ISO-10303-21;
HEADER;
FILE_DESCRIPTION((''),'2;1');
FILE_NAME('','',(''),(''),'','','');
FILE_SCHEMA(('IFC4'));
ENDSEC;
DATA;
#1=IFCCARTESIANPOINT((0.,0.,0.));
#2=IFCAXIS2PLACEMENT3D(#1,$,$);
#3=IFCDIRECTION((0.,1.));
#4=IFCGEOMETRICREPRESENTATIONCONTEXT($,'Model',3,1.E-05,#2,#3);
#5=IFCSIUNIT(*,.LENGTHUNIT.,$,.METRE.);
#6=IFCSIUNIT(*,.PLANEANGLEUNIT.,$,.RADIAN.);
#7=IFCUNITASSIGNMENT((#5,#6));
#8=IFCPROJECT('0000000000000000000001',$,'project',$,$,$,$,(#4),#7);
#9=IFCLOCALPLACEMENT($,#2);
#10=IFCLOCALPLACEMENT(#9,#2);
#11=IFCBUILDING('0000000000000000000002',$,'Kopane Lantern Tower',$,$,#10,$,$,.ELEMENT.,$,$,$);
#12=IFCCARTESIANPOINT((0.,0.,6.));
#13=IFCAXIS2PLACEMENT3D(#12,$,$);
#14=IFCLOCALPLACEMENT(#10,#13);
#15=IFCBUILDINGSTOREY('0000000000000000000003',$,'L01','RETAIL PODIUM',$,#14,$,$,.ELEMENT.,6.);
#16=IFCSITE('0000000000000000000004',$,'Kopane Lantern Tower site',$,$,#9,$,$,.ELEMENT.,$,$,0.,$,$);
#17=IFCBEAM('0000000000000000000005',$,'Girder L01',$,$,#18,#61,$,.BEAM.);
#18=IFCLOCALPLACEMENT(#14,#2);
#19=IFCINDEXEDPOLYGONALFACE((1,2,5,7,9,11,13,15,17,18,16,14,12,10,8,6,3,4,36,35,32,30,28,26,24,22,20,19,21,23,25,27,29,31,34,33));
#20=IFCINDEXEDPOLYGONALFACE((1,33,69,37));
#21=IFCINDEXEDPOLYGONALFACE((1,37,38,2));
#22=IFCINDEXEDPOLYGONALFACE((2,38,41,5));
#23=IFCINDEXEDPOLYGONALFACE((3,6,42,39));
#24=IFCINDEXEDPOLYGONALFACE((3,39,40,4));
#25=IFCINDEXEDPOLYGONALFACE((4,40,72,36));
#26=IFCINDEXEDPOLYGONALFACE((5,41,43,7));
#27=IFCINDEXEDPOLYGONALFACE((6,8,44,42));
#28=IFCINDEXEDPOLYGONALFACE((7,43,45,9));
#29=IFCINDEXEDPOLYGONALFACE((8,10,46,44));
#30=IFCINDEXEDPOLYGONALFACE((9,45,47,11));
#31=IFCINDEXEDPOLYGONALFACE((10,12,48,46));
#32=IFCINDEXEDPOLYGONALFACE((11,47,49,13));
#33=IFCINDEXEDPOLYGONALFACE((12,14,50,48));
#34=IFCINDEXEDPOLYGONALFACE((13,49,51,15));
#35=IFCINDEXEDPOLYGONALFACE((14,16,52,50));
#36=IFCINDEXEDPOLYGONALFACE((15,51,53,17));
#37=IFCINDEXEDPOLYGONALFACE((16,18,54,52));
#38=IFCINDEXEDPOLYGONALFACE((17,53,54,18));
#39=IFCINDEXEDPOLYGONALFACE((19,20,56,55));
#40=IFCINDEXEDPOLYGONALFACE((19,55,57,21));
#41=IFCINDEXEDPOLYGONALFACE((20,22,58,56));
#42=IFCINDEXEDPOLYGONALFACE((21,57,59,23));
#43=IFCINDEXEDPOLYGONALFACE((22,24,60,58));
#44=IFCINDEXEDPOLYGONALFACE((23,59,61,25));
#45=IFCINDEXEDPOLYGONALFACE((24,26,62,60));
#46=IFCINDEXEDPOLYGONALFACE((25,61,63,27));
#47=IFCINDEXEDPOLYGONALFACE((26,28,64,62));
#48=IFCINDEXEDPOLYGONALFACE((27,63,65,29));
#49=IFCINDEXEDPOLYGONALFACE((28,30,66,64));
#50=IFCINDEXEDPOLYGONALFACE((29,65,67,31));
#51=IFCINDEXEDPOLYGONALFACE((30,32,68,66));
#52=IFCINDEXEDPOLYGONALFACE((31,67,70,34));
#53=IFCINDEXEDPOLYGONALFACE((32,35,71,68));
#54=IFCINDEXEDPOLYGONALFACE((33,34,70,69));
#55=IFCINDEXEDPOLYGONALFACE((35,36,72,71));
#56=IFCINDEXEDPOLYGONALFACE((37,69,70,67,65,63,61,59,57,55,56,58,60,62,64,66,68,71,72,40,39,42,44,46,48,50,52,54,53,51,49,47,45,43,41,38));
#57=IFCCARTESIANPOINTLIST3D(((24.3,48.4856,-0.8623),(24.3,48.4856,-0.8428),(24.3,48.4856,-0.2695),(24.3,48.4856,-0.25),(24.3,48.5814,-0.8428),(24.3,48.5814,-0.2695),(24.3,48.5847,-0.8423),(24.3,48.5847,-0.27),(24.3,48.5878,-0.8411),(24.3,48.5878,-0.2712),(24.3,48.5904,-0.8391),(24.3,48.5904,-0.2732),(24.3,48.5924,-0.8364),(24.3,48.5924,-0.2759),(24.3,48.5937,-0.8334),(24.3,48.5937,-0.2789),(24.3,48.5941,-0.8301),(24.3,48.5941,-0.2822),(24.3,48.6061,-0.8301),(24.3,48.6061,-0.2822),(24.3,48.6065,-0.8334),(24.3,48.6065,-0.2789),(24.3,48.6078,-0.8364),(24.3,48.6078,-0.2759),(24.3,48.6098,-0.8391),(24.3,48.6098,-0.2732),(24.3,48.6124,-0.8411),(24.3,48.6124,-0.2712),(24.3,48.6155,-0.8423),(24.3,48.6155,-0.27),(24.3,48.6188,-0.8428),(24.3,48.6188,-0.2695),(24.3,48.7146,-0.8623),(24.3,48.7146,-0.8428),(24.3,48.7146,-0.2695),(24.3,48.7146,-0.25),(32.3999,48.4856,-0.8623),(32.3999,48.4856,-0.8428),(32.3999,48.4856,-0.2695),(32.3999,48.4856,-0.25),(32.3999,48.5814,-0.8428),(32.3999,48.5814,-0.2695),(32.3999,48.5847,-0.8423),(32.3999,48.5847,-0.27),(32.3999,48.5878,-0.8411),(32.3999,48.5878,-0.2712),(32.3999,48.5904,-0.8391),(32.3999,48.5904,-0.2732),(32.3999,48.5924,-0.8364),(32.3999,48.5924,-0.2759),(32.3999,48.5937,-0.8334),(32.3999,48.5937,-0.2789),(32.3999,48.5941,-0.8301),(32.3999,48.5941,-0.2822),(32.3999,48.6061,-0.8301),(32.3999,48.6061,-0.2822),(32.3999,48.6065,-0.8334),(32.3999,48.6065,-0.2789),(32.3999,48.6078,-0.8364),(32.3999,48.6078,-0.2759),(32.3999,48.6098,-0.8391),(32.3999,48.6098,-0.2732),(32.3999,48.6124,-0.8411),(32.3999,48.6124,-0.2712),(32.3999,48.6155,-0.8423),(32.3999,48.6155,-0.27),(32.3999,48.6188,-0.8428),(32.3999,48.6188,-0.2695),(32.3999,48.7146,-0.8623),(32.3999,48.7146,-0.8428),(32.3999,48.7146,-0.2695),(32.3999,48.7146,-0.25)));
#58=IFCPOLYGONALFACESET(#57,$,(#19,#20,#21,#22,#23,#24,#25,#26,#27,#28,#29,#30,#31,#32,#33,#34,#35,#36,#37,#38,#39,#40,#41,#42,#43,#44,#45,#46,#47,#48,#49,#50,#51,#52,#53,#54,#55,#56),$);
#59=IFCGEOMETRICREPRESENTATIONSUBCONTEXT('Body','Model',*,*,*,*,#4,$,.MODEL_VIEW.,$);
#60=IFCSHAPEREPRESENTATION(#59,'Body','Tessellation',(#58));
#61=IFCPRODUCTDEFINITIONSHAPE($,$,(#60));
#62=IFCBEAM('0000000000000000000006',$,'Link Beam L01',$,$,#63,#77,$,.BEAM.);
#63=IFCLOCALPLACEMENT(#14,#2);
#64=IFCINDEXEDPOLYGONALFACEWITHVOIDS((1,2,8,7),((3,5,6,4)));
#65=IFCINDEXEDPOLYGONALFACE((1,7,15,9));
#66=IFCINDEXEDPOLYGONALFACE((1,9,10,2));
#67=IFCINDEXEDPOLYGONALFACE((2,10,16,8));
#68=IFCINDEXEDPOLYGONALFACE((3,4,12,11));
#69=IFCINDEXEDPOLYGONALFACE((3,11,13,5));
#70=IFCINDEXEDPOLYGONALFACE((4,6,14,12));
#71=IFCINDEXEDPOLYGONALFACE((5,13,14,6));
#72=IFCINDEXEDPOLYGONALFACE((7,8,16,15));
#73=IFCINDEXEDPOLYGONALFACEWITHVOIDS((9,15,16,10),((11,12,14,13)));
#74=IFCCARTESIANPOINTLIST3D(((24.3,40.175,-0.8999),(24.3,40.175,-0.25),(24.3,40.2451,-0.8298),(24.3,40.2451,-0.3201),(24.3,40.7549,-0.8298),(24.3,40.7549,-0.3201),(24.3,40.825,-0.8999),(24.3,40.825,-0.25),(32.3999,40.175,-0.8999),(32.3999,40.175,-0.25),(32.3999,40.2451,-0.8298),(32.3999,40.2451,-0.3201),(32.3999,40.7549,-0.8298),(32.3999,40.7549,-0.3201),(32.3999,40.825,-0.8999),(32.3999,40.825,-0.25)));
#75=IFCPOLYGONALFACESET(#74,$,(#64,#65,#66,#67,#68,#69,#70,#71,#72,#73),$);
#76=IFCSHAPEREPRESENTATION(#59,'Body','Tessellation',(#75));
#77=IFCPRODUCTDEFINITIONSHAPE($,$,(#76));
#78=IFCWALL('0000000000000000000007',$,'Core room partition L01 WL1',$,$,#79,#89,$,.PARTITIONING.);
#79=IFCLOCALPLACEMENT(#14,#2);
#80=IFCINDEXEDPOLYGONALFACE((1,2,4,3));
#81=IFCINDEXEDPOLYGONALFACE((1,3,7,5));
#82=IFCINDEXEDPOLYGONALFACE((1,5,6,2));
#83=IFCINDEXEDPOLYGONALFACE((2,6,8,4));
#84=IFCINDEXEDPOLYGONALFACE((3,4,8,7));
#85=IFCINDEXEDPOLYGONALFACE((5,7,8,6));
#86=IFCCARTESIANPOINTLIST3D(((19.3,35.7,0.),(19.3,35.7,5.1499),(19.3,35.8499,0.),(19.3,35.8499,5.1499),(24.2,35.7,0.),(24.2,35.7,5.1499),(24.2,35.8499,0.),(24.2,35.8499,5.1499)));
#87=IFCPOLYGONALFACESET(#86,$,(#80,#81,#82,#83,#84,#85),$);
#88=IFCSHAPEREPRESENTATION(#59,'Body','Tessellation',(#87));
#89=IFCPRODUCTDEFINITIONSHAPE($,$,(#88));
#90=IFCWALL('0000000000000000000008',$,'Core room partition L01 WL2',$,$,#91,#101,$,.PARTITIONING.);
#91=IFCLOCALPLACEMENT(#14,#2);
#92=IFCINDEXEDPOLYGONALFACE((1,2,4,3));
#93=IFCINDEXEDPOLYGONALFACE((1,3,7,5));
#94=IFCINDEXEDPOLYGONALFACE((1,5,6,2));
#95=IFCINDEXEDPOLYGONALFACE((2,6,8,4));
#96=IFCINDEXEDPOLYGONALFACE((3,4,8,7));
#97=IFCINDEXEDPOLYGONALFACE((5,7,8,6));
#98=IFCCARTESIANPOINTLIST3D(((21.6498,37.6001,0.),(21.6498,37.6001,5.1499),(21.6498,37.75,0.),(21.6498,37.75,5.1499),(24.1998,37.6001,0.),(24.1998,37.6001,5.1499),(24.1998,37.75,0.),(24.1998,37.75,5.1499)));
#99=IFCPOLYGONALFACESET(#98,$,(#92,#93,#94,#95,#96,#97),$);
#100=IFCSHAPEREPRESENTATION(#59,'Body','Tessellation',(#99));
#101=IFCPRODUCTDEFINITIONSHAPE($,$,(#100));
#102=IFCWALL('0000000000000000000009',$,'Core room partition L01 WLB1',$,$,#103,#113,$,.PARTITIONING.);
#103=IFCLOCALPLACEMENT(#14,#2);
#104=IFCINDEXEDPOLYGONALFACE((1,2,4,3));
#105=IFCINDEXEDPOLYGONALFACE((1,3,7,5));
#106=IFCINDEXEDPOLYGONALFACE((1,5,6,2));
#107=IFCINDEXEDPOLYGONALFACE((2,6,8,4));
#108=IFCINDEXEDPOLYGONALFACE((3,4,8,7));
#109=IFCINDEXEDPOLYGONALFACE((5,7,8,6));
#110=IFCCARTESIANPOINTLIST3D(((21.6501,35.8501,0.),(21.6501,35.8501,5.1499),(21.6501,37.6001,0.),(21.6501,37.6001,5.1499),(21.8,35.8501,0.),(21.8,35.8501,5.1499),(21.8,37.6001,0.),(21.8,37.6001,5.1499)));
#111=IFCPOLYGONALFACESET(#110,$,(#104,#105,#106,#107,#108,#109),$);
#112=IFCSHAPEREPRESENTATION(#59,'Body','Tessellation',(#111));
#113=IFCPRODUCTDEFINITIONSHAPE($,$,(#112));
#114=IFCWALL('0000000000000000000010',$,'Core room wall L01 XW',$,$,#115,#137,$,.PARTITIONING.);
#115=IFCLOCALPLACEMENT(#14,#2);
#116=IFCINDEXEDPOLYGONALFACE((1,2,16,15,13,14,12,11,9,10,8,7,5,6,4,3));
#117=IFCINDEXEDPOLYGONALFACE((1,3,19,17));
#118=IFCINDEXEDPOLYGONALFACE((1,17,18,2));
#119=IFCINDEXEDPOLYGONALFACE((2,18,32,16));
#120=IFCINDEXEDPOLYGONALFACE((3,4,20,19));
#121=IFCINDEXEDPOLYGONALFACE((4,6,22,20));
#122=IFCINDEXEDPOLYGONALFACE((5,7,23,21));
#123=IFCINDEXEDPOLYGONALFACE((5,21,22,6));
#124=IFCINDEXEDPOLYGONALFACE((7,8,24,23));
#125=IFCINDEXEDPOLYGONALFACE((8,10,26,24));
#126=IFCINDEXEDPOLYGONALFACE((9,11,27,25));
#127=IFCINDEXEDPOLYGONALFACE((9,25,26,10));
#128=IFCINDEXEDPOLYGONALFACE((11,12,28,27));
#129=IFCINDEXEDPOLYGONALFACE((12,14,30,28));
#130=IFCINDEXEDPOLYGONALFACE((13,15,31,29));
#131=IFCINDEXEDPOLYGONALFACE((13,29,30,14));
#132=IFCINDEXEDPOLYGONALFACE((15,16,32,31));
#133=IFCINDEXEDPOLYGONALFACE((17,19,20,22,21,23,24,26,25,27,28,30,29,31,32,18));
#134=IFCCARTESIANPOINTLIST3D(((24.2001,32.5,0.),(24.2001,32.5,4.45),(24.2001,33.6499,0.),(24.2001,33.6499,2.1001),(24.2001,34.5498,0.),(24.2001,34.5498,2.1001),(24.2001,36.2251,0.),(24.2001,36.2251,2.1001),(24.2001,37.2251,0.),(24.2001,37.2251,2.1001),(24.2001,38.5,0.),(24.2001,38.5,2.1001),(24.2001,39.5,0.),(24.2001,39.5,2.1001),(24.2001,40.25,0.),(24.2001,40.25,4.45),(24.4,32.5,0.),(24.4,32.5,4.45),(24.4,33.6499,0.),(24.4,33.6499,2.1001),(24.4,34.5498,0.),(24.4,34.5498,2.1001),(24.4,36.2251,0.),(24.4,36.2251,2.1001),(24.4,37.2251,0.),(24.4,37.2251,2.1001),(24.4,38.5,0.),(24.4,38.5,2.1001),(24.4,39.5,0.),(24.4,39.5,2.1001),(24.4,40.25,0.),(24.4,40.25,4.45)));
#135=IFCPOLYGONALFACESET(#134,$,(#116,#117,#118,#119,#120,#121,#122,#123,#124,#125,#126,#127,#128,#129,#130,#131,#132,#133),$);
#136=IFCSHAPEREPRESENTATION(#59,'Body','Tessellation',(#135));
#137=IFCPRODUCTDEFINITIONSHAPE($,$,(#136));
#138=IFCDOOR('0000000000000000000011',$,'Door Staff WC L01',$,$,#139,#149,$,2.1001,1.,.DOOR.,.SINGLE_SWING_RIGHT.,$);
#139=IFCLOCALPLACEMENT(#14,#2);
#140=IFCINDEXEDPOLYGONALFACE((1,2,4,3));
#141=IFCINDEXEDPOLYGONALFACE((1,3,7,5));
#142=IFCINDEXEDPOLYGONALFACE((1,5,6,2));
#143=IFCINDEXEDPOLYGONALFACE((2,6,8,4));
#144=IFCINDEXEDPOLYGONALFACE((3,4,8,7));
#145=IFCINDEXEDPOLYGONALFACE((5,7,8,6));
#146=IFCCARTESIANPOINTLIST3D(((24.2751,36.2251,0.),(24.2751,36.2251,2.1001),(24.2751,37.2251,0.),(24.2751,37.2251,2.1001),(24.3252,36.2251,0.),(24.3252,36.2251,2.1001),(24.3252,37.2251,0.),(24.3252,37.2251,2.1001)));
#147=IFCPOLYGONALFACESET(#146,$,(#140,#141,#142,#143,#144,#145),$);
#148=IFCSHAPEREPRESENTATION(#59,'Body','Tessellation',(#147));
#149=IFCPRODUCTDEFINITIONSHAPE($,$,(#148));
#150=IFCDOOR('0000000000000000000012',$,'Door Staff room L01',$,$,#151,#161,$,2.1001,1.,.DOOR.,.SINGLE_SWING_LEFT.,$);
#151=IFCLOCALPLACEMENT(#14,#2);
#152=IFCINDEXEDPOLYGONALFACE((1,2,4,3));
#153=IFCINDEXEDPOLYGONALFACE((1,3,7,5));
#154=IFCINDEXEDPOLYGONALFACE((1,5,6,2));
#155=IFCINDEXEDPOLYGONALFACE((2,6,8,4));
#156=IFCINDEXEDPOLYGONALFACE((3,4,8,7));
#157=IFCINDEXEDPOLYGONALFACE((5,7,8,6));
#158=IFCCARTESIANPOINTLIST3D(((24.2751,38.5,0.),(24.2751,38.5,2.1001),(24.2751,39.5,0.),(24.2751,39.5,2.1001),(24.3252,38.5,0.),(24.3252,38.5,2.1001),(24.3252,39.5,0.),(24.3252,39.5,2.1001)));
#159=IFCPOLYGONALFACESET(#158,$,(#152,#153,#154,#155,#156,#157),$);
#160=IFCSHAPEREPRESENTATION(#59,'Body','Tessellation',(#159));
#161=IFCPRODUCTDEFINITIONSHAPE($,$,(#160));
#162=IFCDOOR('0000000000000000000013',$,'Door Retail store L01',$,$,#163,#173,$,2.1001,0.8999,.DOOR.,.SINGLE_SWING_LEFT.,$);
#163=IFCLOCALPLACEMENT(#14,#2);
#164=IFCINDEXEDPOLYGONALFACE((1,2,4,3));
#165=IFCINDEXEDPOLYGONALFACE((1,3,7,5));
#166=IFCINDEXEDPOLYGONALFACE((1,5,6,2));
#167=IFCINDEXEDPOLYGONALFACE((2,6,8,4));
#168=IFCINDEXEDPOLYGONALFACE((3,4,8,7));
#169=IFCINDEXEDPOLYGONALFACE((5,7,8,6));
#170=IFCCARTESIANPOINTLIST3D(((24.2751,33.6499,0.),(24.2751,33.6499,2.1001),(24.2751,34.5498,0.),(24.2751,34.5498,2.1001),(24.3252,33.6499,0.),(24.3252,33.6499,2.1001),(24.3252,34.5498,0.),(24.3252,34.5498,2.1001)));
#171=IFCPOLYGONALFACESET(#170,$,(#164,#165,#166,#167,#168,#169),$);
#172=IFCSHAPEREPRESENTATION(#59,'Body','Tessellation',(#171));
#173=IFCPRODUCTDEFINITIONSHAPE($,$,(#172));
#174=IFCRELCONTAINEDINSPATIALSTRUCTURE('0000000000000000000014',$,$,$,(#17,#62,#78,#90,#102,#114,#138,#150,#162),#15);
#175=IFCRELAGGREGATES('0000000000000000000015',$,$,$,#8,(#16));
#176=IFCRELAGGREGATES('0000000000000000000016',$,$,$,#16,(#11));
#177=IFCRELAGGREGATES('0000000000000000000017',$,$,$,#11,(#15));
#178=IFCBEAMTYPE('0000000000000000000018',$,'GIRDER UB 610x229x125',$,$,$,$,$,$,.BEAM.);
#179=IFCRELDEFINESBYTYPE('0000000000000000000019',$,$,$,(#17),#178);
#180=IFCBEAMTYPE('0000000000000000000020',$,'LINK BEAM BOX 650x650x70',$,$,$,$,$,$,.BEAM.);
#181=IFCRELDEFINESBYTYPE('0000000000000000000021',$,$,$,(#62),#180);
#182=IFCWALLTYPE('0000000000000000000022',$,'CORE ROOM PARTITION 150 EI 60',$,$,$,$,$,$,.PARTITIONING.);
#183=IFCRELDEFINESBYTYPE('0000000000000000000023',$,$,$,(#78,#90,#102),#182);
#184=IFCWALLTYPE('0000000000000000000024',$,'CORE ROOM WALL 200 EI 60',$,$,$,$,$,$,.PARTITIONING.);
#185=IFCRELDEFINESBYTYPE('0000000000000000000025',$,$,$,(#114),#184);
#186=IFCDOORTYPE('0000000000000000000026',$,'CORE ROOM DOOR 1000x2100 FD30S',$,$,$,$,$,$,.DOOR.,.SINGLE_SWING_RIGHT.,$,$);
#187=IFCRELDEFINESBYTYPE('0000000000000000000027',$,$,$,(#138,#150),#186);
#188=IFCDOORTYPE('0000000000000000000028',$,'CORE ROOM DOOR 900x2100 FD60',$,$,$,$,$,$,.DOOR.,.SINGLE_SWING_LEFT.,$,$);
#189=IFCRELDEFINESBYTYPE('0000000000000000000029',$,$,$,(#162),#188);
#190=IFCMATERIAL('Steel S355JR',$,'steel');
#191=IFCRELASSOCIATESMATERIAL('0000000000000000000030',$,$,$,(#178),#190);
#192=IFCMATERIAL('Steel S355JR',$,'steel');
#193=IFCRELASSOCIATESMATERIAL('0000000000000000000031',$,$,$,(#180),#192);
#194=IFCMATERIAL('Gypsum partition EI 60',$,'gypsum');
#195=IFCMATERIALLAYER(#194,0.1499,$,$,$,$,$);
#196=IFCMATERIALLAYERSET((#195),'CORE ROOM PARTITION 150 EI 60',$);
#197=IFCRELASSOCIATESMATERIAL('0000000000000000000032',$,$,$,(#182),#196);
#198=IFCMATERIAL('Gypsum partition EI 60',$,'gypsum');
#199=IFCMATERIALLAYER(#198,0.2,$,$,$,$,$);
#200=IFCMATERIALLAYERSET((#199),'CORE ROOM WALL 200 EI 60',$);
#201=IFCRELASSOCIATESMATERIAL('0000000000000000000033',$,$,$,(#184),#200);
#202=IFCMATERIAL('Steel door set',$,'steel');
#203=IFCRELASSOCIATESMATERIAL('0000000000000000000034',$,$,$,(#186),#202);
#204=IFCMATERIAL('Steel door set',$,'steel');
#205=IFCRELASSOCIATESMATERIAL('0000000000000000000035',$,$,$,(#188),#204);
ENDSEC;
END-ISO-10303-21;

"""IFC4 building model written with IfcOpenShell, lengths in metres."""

from ifc_helpers import new_model, si_unit, direction, frame, frame_2d, origin, origin_2d, place, context, subcontext, project, spatial, rectangle, hollow_rectangle, i_section, extrude, material, layer, layer_set, material_profile, profile_set, type_object, element, fill, save


model = new_model("IFC4")

# Units and contexts
model_context = context("Model", 3, precision=1e-05, world=origin(), true_north=direction((0.0, 1.0)))
body_context = subcontext(model_context, "Body", "Model", "MODEL_VIEW")
ifc_project = project(units=[si_unit("LENGTHUNIT", "METRE"), si_unit("PLANEANGLEUNIT", "RADIAN")], contexts=[model_context])

# Site, building, storey
site_placement = place(None, origin())
site = spatial("IfcSite", under=ifc_project, at=site_placement, Name="Kopane Lantern Tower site", CompositionType="ELEMENT", RefElevation=0.0)
building_placement = place(site_placement, origin())
building = spatial("IfcBuilding", under=site, at=building_placement, Name="Kopane Lantern Tower", CompositionType="ELEMENT")
storey_placement = place(building_placement, frame((0.0, 0.0, 6.0)))
storey = spatial("IfcBuildingStorey", under=building, at=storey_placement, Name="L01", Description="RETAIL PODIUM", CompositionType="ELEMENT", Elevation=6.0)

# Beams
ifc_material_1 = material(Name="Steel S355JR", Category="steel")
ifc_material_profile_1 = material_profile(ifc_material_1, i_section(OverallWidth=0.229, OverallDepth=0.6123, WebThickness=0.012, FlangeThickness=0.0195, FilletRadius=0.0127, at=origin_2d()), Name="UB 610x229x125")
ifc_profile_set_1 = profile_set([ifc_material_profile_1], Name="Steel S355JR")
beam_type_1 = type_object("IfcBeamType", Name="GIRDER UB 610x229x125", PredefinedType="BEAM", material=ifc_profile_set_1)
beam_1_placement = place(storey_placement, frame((24.3, 48.6001, -0.5562), z_axis=(1.0, 0.0, 0.0), x_axis=(0.0, 1.0, 0.0)))
element("IfcBeam", 1, at=beam_1_placement, inside=storey, type_object=beam_type_1, Name="Girder L01", PredefinedType="BEAM", context=body_context, shape_type="SweptSolid", body=[
    extrude(i_section(OverallWidth=0.229, OverallDepth=0.6123, WebThickness=0.012, FlangeThickness=0.0195, FilletRadius=0.0127, at=origin_2d()), origin(), (0.0, 0.0, 1.0), 8.0999),
])
ifc_material_2 = material(Name="Steel S355JR", Category="steel")
ifc_material_profile_2 = material_profile(ifc_material_2, hollow_rectangle(XDim=0.6499, YDim=0.6499, WallThickness=0.0701, at=origin_2d()), Name="BOX 650x650x70")
ifc_profile_set_2 = profile_set([ifc_material_profile_2], Name="Steel S355JR")
beam_type_2 = type_object("IfcBeamType", Name="LINK BEAM BOX 650x650x70", PredefinedType="BEAM", material=ifc_profile_set_2)
beam_2_placement = place(storey_placement, frame((24.3, 40.5, -0.575), z_axis=(1.0, 0.0, 0.0), x_axis=(0.0, 1.0, 0.0)))
element("IfcBeam", 2, at=beam_2_placement, inside=storey, type_object=beam_type_2, Name="Link Beam L01", PredefinedType="BEAM", context=body_context, shape_type="SweptSolid", body=[
    extrude(hollow_rectangle(XDim=0.6499, YDim=0.6499, WallThickness=0.0701, at=origin_2d()), origin(), (0.0, 0.0, 1.0), 8.0999),
])

# Walls
ifc_material_3 = material(Name="Gypsum partition EI 60", Category="gypsum")
ifc_layer_1 = layer(ifc_material_3, 0.1499)
ifc_layer_set_1 = layer_set([ifc_layer_1], Name="CORE ROOM PARTITION 150 EI 60")
wall_type_1 = type_object("IfcWallType", Name="CORE ROOM PARTITION 150 EI 60", PredefinedType="PARTITIONING", material=ifc_layer_set_1)
wall_1_placement = place(storey_placement, frame((19.3, 35.7749, 0.0), z_axis=(0.0, 0.0, 1.0), x_axis=(1.0, 0.0, 0.0)))
element("IfcWall", 3, at=wall_1_placement, inside=storey, type_object=wall_type_1, Name="Core room partition L01 WL1", PredefinedType="PARTITIONING", context=body_context, shape_type="SweptSolid", body=[
    extrude(rectangle(XDim=4.8999, YDim=0.1499, at=frame_2d((2.45, 0.0))), origin(), (0.0, 0.0, 1.0), 5.1499),
])
wall_2_placement = place(storey_placement, frame((21.6499, 37.675, 0.0), z_axis=(0.0, 0.0, 1.0), x_axis=(1.0, 0.0, 0.0)))
element("IfcWall", 4, at=wall_2_placement, inside=storey, type_object=wall_type_1, Name="Core room partition L01 WL2", PredefinedType="PARTITIONING", context=body_context, shape_type="SweptSolid", body=[
    extrude(rectangle(XDim=2.55, YDim=0.1499, at=frame_2d((1.2749, 0.0))), origin(), (0.0, 0.0, 1.0), 5.1499),
])
wall_3_placement = place(storey_placement, frame((21.7251, 35.8501, 0.0), z_axis=(0.0, 0.0, 1.0), x_axis=(0.0, 1.0, 0.0)))
element("IfcWall", 5, at=wall_3_placement, inside=storey, type_object=wall_type_1, Name="Core room partition L01 WLB1", PredefinedType="PARTITIONING", context=body_context, shape_type="SweptSolid", body=[
    extrude(rectangle(XDim=1.75, YDim=0.1499, at=frame_2d((0.875, 0.0))), origin(), (0.0, 0.0, 1.0), 5.1499),
])

# Wall, openings, doors
ifc_material_4 = material(Name="Gypsum partition EI 60", Category="gypsum")
ifc_layer_2 = layer(ifc_material_4, 0.2)
ifc_layer_set_2 = layer_set([ifc_layer_2], Name="CORE ROOM WALL 200 EI 60")
wall_type_2 = type_object("IfcWallType", Name="CORE ROOM WALL 200 EI 60", PredefinedType="PARTITIONING", material=ifc_layer_set_2)
wall_4_placement = place(storey_placement, frame((24.3, 32.5, 0.0), z_axis=(0.0, 0.0, 1.0), x_axis=(0.0, 1.0, 0.0)))
wall_4 = element("IfcWall", 6, at=wall_4_placement, inside=storey, type_object=wall_type_2, Name="Core room wall L01 XW", PredefinedType="PARTITIONING", context=body_context, shape_type="SweptSolid", body=[
    extrude(rectangle(XDim=7.75, YDim=0.2, at=frame_2d((3.875, 0.0))), origin(), (0.0, 0.0, 1.0), 4.45),
])
opening_1_placement = place(wall_4_placement, frame((1.1499, 0.0, 0.0)))
opening_1 = element("IfcOpeningElement", 7, at=opening_1_placement, cuts=wall_4, PredefinedType="OPENING", context=body_context, shape_type="SweptSolid", body=[
    extrude(rectangle(XDim=0.8999, YDim=2.1001, at=frame_2d((0.45, 1.05))), frame((0.0, 0.1099, 0.0), z_axis=(0.0, -1.0, 0.0), x_axis=(1.0, 0.0, 0.0)), (0.0, 0.0, 1.0), 0.22),
])
opening_2_placement = place(wall_4_placement, frame((3.7251, 0.0, 0.0)))
opening_2 = element("IfcOpeningElement", 8, at=opening_2_placement, cuts=wall_4, PredefinedType="OPENING", context=body_context, shape_type="SweptSolid", body=[
    extrude(rectangle(XDim=1.0, YDim=2.1001, at=frame_2d((0.5, 1.05))), frame((0.0, 0.1099, 0.0), z_axis=(0.0, -1.0, 0.0), x_axis=(1.0, 0.0, 0.0)), (0.0, 0.0, 1.0), 0.22),
])
opening_3_placement = place(wall_4_placement, frame((6.0, 0.0, 0.0)))
opening_3 = element("IfcOpeningElement", 9, at=opening_3_placement, cuts=wall_4, PredefinedType="OPENING", context=body_context, shape_type="SweptSolid", body=[
    extrude(rectangle(XDim=1.0, YDim=2.1001, at=frame_2d((0.5, 1.05))), frame((0.0, 0.1099, 0.0), z_axis=(0.0, -1.0, 0.0), x_axis=(1.0, 0.0, 0.0)), (0.0, 0.0, 1.0), 0.22),
])
ifc_material_5 = material(Name="Steel door set", Category="steel")
door_type_1 = type_object("IfcDoorType", Name="CORE ROOM DOOR 1000x2100 FD30S", OperationType="SINGLE_SWING_RIGHT", PredefinedType="DOOR", material=ifc_material_5)
door_1_placement = place(opening_2_placement, origin())
door_1 = element("IfcDoor", 10, at=door_1_placement, inside=storey, type_object=door_type_1, Name="Door Staff WC L01", OperationType="SINGLE_SWING_RIGHT", OverallHeight=2.1001, OverallWidth=1.0, PredefinedType="DOOR", context=body_context, shape_type="SweptSolid", body=[
    extrude(rectangle(XDim=1.0, YDim=2.1001, at=frame_2d((0.5, 1.05))), frame((0.0, 0.0249, 0.0), z_axis=(0.0, -1.0, 0.0), x_axis=(1.0, 0.0, 0.0)), (0.0, 0.0, 1.0), 0.05),
])
fill(opening_2, door_1)
door_2_placement = place(opening_3_placement, origin())
door_2 = element("IfcDoor", 11, at=door_2_placement, inside=storey, type_object=door_type_1, Name="Door Staff room L01", OperationType="SINGLE_SWING_LEFT", OverallHeight=2.1001, OverallWidth=1.0, PredefinedType="DOOR", context=body_context, shape_type="SweptSolid", body=[
    extrude(rectangle(XDim=1.0, YDim=2.1001, at=frame_2d((0.5, 1.05))), frame((0.0, 0.0249, 0.0), z_axis=(0.0, -1.0, 0.0), x_axis=(1.0, 0.0, 0.0)), (0.0, 0.0, 1.0), 0.05),
])
fill(opening_3, door_2)
ifc_material_6 = material(Name="Steel door set", Category="steel")
door_type_2 = type_object("IfcDoorType", Name="CORE ROOM DOOR 900x2100 FD60", OperationType="SINGLE_SWING_LEFT", PredefinedType="DOOR", material=ifc_material_6)
door_3_placement = place(opening_1_placement, origin())
door_3 = element("IfcDoor", 12, at=door_3_placement, inside=storey, type_object=door_type_2, Name="Door Retail store L01", OperationType="SINGLE_SWING_LEFT", OverallHeight=2.1001, OverallWidth=0.8999, PredefinedType="DOOR", context=body_context, shape_type="SweptSolid", body=[
    extrude(rectangle(XDim=0.8999, YDim=2.1001, at=frame_2d((0.45, 1.05))), frame((0.0, 0.0249, 0.0), z_axis=(0.0, -1.0, 0.0), x_axis=(1.0, 0.0, 0.0)), (0.0, 0.0, 1.0), 0.05),
])
fill(opening_1, door_3)

save(model, "model.ifc")
